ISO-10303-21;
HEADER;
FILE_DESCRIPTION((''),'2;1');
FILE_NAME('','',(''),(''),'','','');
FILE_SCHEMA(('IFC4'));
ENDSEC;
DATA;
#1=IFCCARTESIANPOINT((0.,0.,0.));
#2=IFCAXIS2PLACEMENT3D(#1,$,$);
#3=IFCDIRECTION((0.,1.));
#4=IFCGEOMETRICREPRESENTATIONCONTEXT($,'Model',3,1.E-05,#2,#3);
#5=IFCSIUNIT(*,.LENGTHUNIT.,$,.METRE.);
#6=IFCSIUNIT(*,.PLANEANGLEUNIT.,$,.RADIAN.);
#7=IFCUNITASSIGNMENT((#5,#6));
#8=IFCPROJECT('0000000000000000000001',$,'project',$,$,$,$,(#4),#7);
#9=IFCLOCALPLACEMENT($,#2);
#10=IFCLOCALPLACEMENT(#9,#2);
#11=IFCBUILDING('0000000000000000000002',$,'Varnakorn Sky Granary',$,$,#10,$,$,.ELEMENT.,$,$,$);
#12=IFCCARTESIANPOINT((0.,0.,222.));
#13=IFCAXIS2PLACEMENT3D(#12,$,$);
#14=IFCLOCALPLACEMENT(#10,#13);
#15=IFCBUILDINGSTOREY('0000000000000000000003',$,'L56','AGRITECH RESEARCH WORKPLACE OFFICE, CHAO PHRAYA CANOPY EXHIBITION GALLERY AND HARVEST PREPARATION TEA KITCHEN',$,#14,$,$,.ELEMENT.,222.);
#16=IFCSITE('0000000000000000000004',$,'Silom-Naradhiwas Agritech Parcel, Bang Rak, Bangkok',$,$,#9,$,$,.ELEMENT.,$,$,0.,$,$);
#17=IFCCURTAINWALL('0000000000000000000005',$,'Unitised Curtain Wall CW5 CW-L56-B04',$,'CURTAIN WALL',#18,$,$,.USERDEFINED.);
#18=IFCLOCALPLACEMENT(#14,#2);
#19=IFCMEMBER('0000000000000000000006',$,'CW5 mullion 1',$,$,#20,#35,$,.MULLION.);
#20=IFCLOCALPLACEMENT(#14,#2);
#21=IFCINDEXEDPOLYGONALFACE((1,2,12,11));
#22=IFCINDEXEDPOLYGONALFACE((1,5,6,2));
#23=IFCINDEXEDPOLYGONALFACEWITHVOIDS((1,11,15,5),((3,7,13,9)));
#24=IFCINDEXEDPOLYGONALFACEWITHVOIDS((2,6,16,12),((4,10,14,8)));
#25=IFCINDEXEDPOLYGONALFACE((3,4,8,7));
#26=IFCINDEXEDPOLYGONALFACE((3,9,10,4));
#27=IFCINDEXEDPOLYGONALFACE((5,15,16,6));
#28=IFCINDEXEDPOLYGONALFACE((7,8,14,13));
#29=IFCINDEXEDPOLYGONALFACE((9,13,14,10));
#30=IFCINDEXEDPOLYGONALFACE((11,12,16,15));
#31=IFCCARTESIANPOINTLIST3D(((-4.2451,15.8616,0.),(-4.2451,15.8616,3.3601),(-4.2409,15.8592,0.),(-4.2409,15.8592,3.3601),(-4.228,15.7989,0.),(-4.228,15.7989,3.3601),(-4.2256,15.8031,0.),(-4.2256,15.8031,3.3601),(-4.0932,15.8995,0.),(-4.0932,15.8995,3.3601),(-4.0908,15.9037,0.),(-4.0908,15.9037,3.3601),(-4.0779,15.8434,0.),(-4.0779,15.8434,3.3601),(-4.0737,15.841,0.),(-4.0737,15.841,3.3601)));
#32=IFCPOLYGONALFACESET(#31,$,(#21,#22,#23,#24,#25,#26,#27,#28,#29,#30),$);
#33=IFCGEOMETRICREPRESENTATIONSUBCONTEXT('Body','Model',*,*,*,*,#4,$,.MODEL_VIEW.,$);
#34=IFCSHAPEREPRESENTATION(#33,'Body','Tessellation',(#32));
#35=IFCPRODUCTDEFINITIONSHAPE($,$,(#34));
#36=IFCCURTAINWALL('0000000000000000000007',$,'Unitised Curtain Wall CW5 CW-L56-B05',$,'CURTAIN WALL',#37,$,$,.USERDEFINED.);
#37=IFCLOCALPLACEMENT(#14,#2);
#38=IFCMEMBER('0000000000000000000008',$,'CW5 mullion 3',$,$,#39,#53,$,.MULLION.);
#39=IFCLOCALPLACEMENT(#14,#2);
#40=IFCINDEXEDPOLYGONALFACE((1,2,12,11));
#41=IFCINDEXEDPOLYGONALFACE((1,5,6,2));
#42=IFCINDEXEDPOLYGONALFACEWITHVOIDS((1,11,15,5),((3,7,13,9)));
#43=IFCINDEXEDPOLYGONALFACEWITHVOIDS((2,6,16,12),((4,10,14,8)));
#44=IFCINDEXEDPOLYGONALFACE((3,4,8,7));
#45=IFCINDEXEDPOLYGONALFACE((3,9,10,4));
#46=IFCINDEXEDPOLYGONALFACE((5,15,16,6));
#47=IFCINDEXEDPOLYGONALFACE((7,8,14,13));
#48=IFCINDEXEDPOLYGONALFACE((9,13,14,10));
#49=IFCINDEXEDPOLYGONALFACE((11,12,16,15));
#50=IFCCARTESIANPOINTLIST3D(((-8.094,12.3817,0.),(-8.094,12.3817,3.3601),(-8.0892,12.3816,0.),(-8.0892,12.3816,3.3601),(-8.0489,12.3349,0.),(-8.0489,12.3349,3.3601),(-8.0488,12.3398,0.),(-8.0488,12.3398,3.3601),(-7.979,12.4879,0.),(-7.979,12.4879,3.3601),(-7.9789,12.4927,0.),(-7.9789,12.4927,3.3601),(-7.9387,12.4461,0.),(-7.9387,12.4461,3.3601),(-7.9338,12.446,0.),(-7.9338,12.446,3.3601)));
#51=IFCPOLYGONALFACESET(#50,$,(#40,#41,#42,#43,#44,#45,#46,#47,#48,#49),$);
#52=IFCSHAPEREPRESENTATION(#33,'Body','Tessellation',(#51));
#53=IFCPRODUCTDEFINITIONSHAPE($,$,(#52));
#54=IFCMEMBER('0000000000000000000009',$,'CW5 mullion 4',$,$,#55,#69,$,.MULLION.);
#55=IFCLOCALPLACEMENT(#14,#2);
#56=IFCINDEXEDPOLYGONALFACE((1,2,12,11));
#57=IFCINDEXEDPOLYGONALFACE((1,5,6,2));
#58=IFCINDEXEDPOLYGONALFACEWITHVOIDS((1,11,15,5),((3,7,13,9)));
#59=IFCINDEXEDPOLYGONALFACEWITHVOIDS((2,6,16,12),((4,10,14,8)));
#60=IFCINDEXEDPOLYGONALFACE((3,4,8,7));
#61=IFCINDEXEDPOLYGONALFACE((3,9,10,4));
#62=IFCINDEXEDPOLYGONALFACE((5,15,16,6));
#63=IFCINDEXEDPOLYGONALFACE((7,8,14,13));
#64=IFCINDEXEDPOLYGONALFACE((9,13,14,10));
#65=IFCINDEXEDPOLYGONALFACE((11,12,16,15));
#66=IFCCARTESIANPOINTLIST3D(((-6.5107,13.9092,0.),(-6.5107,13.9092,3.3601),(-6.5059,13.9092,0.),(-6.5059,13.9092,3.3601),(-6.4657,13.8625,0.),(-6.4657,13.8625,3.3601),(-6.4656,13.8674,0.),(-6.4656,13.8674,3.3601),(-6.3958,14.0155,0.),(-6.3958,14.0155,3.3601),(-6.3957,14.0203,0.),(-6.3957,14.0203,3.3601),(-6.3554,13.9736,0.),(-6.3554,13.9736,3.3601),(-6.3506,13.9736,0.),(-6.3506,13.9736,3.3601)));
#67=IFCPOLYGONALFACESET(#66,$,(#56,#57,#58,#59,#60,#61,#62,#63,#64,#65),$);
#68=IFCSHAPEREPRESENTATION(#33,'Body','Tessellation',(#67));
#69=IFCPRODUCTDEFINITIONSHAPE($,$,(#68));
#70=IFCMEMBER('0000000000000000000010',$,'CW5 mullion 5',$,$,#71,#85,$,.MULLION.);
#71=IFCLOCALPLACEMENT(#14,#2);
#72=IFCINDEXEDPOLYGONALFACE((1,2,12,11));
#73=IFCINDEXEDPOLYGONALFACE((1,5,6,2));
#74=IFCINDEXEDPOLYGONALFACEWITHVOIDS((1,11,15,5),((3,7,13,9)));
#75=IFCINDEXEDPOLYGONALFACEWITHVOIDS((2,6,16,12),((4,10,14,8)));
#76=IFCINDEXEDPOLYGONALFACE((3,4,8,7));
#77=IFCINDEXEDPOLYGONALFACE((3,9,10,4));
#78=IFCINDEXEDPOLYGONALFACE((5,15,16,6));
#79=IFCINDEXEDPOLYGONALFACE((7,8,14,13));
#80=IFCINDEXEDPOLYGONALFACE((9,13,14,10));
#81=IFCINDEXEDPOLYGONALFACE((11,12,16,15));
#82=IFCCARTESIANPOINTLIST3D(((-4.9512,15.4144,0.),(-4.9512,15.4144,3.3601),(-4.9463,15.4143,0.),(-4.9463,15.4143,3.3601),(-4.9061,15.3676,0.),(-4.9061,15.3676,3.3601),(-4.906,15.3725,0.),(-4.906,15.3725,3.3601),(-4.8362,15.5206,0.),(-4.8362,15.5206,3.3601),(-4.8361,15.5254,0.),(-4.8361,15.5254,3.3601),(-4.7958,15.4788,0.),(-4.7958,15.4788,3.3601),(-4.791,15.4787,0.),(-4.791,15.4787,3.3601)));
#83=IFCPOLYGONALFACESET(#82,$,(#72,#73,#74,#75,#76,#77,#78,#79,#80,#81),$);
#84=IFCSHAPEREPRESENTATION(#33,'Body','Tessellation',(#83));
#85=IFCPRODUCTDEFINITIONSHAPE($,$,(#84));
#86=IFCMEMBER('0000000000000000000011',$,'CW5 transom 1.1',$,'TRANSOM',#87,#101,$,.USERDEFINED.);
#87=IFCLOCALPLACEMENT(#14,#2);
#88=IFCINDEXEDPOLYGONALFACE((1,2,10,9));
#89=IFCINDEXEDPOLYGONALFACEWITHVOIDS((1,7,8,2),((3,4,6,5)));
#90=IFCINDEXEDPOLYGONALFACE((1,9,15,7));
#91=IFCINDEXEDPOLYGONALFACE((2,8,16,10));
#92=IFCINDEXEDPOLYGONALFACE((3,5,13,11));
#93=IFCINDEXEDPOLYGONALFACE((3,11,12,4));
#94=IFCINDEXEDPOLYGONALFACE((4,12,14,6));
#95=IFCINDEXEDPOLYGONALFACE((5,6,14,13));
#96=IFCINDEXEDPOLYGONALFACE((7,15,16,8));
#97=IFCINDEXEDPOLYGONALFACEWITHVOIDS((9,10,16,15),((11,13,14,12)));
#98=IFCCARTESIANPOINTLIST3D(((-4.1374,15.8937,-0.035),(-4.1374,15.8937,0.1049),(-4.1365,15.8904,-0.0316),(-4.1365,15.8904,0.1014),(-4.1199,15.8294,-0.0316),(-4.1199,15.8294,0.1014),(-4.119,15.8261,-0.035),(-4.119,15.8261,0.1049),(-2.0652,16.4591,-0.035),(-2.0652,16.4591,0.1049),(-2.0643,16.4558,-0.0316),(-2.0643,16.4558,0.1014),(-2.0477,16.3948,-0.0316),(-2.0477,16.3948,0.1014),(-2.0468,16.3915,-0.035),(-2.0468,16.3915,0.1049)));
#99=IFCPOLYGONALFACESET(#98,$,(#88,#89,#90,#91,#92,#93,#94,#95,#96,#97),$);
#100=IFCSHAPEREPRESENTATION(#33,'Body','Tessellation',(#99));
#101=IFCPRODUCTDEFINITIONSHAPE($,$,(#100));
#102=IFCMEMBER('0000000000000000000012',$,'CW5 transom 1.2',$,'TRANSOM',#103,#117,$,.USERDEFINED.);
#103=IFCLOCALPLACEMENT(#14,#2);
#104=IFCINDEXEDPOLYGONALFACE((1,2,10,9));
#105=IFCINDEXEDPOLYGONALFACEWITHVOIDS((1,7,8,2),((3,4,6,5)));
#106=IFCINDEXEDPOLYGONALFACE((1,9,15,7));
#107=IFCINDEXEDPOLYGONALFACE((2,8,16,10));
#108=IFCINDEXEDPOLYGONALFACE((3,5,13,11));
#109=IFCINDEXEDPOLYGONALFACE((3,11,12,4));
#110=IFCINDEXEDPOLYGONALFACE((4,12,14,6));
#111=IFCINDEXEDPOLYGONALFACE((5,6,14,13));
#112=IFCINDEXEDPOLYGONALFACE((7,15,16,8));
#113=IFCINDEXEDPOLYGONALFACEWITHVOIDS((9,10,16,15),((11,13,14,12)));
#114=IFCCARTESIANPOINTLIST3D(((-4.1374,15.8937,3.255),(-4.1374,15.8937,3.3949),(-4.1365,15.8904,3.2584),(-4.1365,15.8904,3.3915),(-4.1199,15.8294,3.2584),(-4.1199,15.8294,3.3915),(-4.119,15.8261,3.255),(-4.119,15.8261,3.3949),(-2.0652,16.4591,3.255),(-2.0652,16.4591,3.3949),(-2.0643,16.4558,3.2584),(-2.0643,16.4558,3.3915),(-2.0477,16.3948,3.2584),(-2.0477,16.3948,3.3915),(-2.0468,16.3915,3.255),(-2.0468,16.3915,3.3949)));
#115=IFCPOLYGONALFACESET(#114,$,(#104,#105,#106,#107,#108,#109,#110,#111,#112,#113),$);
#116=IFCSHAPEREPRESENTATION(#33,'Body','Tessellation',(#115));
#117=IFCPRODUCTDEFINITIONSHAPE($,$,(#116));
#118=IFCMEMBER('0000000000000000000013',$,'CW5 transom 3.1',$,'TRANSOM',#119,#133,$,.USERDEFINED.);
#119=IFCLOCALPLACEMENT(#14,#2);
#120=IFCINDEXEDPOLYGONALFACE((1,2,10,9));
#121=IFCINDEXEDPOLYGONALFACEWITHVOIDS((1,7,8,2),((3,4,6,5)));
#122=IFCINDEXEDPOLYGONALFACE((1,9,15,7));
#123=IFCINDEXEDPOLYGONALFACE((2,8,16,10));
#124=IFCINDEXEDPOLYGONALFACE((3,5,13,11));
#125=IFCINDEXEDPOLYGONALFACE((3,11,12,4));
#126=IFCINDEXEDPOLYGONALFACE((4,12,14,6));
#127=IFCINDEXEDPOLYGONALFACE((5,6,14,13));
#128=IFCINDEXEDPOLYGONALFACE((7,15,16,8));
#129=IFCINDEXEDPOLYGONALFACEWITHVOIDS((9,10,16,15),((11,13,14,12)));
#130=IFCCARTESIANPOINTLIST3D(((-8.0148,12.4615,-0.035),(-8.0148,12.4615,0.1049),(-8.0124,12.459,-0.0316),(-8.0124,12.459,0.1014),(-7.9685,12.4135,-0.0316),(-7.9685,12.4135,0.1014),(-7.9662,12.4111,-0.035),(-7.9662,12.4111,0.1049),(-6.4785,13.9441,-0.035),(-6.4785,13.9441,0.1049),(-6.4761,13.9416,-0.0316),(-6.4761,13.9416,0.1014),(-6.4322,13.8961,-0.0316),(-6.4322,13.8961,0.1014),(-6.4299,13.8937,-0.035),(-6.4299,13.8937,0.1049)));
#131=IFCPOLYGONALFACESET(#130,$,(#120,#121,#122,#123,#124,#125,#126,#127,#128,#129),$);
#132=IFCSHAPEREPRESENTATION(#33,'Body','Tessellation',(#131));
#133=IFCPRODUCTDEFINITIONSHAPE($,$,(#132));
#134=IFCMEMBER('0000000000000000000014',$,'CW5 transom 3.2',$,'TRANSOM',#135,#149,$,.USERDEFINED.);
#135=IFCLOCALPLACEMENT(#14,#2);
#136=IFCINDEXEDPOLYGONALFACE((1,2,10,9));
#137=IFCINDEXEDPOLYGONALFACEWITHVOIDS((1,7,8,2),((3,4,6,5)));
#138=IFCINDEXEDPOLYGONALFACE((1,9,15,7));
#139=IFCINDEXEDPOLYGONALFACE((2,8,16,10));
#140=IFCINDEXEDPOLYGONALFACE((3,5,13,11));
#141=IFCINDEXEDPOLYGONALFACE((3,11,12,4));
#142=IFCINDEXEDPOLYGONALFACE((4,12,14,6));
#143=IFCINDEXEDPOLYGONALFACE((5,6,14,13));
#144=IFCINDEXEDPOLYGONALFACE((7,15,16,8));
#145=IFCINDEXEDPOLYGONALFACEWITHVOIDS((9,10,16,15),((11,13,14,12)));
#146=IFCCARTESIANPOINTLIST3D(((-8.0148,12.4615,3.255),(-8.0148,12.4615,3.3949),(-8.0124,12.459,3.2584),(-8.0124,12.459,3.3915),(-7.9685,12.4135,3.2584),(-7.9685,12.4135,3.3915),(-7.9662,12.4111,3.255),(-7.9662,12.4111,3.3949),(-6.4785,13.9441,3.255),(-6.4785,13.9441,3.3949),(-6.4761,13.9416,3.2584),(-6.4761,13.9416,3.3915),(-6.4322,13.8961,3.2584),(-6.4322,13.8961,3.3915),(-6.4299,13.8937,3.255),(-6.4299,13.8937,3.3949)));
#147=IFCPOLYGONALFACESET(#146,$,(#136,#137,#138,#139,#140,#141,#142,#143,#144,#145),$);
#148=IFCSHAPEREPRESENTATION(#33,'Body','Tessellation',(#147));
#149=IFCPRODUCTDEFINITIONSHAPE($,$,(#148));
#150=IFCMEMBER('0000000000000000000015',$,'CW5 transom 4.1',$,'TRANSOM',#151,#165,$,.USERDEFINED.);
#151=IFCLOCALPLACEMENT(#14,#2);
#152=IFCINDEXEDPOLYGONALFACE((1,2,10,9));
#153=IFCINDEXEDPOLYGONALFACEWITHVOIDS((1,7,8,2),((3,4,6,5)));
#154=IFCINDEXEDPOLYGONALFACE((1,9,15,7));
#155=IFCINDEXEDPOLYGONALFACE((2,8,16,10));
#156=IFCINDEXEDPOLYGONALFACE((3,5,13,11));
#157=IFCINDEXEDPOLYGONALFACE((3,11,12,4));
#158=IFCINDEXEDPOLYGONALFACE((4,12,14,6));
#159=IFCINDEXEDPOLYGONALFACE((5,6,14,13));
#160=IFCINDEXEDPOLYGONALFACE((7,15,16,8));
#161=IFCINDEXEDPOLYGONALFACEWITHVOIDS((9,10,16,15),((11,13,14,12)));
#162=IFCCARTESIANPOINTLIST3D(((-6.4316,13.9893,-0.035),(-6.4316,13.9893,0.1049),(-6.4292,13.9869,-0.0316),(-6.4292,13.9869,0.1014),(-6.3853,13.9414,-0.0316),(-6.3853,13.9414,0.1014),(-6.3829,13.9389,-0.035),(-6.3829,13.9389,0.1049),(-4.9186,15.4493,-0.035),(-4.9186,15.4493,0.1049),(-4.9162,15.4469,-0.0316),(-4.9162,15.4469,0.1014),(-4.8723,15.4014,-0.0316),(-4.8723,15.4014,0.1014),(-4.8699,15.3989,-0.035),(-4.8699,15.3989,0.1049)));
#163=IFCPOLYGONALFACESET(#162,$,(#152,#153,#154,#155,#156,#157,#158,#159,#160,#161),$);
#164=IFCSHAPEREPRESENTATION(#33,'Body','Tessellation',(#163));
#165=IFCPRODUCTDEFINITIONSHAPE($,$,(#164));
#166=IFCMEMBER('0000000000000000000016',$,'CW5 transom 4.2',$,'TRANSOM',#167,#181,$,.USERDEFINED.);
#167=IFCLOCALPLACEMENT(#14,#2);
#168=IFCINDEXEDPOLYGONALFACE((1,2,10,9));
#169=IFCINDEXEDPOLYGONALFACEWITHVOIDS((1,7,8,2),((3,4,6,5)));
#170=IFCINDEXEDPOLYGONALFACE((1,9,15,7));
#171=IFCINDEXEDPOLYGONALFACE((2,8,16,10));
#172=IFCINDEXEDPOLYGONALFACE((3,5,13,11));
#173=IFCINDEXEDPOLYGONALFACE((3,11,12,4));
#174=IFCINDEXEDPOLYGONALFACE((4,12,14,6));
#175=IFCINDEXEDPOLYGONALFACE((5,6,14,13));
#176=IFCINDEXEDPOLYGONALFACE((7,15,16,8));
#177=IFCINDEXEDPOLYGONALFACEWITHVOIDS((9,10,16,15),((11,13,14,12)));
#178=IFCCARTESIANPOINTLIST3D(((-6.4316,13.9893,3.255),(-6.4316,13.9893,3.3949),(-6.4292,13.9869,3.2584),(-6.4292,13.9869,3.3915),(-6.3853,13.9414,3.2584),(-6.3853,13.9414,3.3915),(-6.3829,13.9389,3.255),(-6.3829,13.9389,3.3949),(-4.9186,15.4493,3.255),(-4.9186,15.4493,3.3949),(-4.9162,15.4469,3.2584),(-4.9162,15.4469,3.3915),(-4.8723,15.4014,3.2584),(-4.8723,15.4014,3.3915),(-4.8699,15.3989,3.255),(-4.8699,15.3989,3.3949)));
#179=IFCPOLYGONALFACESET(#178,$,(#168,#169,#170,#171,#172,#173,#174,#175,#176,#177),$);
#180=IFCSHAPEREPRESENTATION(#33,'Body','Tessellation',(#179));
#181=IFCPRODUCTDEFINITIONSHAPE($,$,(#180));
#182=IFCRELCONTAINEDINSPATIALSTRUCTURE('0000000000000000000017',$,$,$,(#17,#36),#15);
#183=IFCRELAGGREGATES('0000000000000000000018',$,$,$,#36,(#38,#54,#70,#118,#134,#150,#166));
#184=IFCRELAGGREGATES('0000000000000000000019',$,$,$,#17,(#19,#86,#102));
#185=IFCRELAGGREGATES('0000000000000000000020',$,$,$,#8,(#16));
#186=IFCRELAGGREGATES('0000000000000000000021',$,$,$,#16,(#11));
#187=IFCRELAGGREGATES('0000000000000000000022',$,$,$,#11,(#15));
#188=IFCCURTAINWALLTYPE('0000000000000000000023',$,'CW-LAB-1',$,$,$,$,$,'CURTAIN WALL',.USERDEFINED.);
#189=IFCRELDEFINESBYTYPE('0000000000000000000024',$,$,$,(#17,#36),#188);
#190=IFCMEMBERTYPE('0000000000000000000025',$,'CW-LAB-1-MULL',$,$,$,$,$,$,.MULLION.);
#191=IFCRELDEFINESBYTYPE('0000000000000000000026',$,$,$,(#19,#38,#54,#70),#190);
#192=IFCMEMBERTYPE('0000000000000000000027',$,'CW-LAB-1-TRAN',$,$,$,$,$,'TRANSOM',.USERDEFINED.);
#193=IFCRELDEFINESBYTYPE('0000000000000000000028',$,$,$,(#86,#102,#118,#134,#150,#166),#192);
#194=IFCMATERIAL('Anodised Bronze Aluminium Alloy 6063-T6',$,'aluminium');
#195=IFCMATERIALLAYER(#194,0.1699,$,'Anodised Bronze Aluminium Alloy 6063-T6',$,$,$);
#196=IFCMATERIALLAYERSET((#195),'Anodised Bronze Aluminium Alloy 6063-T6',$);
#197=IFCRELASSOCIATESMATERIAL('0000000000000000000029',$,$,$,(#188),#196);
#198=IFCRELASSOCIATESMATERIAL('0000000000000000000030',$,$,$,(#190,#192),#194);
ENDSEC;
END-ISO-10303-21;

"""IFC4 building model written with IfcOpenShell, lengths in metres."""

from ifc_helpers import new_model, si_unit, direction, frame, origin, origin_2d, place, context, subcontext, project, spatial, hollow_rectangle, extrude, material, layer, layer_set, material_profile, profile_set, type_object, element, aggregate, save


model = new_model("IFC4")

# Units and contexts
model_context = context("Model", 3, precision=1e-05, world=origin(), true_north=direction((0.0, 1.0)))
body_context = subcontext(model_context, "Body", "Model", "MODEL_VIEW")
ifc_project = project(units=[si_unit("LENGTHUNIT", "METRE"), si_unit("PLANEANGLEUNIT", "RADIAN")], contexts=[model_context])

# Site, building, storey
site_placement = place(None, origin())
site = spatial("IfcSite", under=ifc_project, at=site_placement, Name="Silom-Naradhiwas Agritech Parcel, Bang Rak, Bangkok", CompositionType="ELEMENT", RefElevation=0.0)
building_placement = place(site_placement, origin())
building = spatial("IfcBuilding", under=site, at=building_placement, Name="Varnakorn Sky Granary", CompositionType="ELEMENT")
storey_placement = place(building_placement, frame((0.0, 0.0, 222.0)))
storey = spatial("IfcBuildingStorey", under=building, at=storey_placement, Name="L56", Description="AGRITECH RESEARCH WORKPLACE OFFICE, CHAO PHRAYA CANOPY EXHIBITION GALLERY AND HARVEST PREPARATION TEA KITCHEN", CompositionType="ELEMENT", Elevation=222.0)

# Curtain wall, member
ifc_material_1 = material(Name="Anodised Bronze Aluminium Alloy 6063-T6", Category="aluminium")
ifc_layer_1 = layer(ifc_material_1, 0.1699, Name="Anodised Bronze Aluminium Alloy 6063-T6")
ifc_layer_set_1 = layer_set([ifc_layer_1], Name="Anodised Bronze Aluminium Alloy 6063-T6")
curtain_wall_type = type_object("IfcCurtainWallType", Name="CW-LAB-1", ElementType="CURTAIN WALL", PredefinedType="USERDEFINED", material=ifc_layer_set_1)
curtain_wall_1_placement = place(storey_placement, origin())
curtain_wall_1 = element("IfcCurtainWall", 1, at=curtain_wall_1_placement, inside=storey, type_object=curtain_wall_type, Name="Unitised Curtain Wall CW5 CW-L56-B04", ObjectType="CURTAIN WALL", PredefinedType="USERDEFINED")
ifc_material_profile_1 = material_profile(ifc_material_1, hollow_rectangle(XDim=0.0649, YDim=0.1599, WallThickness=0.0034, at=origin_2d()), Name="ALU MULL 65x160")
ifc_profile_set_1 = profile_set([ifc_material_profile_1], Name="Anodised Bronze Aluminium Alloy 6063-T6")
member_type_1 = type_object("IfcMemberType", Name="CW-LAB-1-MULL", PredefinedType="MULLION", material=ifc_profile_set_1)
member_1_placement = place(storey_placement, frame((-4.1594, 15.8513, 0.0), z_axis=(0.0, 0.0, 1.0), x_axis=(-0.263276, 0.964721, 0.0)))
member_1 = element("IfcMember", 2, at=member_1_placement, type_object=member_type_1, Name="CW5 mullion 1", PredefinedType="MULLION", context=body_context, shape_type="SweptSolid", body=[
    extrude(hollow_rectangle(XDim=0.0649, YDim=0.1599, WallThickness=0.0034, at=origin_2d()), origin(), (0.0, 0.0, 1.0), 3.3601),
])

# Curtain wall, members
curtain_wall_2_placement = place(storey_placement, origin())
curtain_wall_2 = element("IfcCurtainWall", 3, at=curtain_wall_2_placement, inside=storey, type_object=curtain_wall_type, Name="Unitised Curtain Wall CW5 CW-L56-B05", ObjectType="CURTAIN WALL", PredefinedType="USERDEFINED")
member_2_placement = place(storey_placement, frame((-8.0139, 12.4138, 0.0), z_axis=(0.0, 0.0, 1.0), x_axis=(-0.694404, 0.719585, 0.0)))
member_2 = element("IfcMember", 4, at=member_2_placement, type_object=member_type_1, Name="CW5 mullion 3", PredefinedType="MULLION", context=body_context, shape_type="SweptSolid", body=[
    extrude(hollow_rectangle(XDim=0.0649, YDim=0.1599, WallThickness=0.0034, at=origin_2d()), origin(), (0.0, 0.0, 1.0), 3.3601),
])
member_3_placement = place(storey_placement, frame((-6.4307, 13.9414, 0.0), z_axis=(0.0, 0.0, 1.0), x_axis=(-0.694404, 0.719585, 0.0)))
member_3 = element("IfcMember", 5, at=member_3_placement, type_object=member_type_1, Name="CW5 mullion 4", PredefinedType="MULLION", context=body_context, shape_type="SweptSolid", body=[
    extrude(hollow_rectangle(XDim=0.0649, YDim=0.1599, WallThickness=0.0034, at=origin_2d()), origin(), (0.0, 0.0, 1.0), 3.3601),
])
member_4_placement = place(storey_placement, frame((-4.8711, 15.4465, 0.0), z_axis=(0.0, 0.0, 1.0), x_axis=(-0.694404, 0.719585, 0.0)))
member_4 = element("IfcMember", 6, at=member_4_placement, type_object=member_type_1, Name="CW5 mullion 5", PredefinedType="MULLION", context=body_context, shape_type="SweptSolid", body=[
    extrude(hollow_rectangle(XDim=0.0649, YDim=0.1599, WallThickness=0.0034, at=origin_2d()), origin(), (0.0, 0.0, 1.0), 3.3601),
])

# Members
ifc_material_profile_2 = material_profile(ifc_material_1, hollow_rectangle(XDim=0.0701, YDim=0.1399, WallThickness=0.0034, at=origin_2d()), Name="ALU TRAN 70x140")
ifc_profile_set_2 = profile_set([ifc_material_profile_2], Name="Anodised Bronze Aluminium Alloy 6063-T6")
member_type_2 = type_object("IfcMemberType", Name="CW-LAB-1-TRAN", ElementType="TRANSOM", PredefinedType="USERDEFINED", material=ifc_profile_set_2)
member_5_placement = place(storey_placement, frame((-4.1282, 15.8599, 0.0349), z_axis=(0.964732, 0.263233, 0.0), x_axis=(-0.263233, 0.964732, 0.0)))
member_5 = element("IfcMember", 7, at=member_5_placement, type_object=member_type_2, Name="CW5 transom 1.1", ObjectType="TRANSOM", PredefinedType="USERDEFINED", context=body_context, shape_type="SweptSolid", body=[
    extrude(hollow_rectangle(XDim=0.0701, YDim=0.1399, WallThickness=0.0034, at=origin_2d()), origin(), (0.0, 0.0, 1.0), 2.1479),
])
member_6_placement = place(storey_placement, frame((-4.1282, 15.8599, 3.325), z_axis=(0.964732, 0.263233, 0.0), x_axis=(-0.263233, 0.964732, 0.0)))
member_6 = element("IfcMember", 8, at=member_6_placement, type_object=member_type_2, Name="CW5 transom 1.2", ObjectType="TRANSOM", PredefinedType="USERDEFINED", context=body_context, shape_type="SweptSolid", body=[
    extrude(hollow_rectangle(XDim=0.0701, YDim=0.1399, WallThickness=0.0034, at=origin_2d()), origin(), (0.0, 0.0, 1.0), 2.1479),
])
member_7_placement = place(storey_placement, frame((-7.9905, 12.4363, 0.0349), z_axis=(0.719573, 0.694417, 0.0), x_axis=(-0.694417, 0.719573, 0.0)))
member_7 = element("IfcMember", 9, at=member_7_placement, type_object=member_type_2, Name="CW5 transom 3.1", ObjectType="TRANSOM", PredefinedType="USERDEFINED", context=body_context, shape_type="SweptSolid", body=[
    extrude(hollow_rectangle(XDim=0.0701, YDim=0.1399, WallThickness=0.0034, at=origin_2d()), origin(), (0.0, 0.0, 1.0), 2.135),
])
member_8_placement = place(storey_placement, frame((-7.9905, 12.4363, 3.325), z_axis=(0.719573, 0.694417, 0.0), x_axis=(-0.694417, 0.719573, 0.0)))
member_8 = element("IfcMember", 10, at=member_8_placement, type_object=member_type_2, Name="CW5 transom 3.2", ObjectType="TRANSOM", PredefinedType="USERDEFINED", context=body_context, shape_type="SweptSolid", body=[
    extrude(hollow_rectangle(XDim=0.0701, YDim=0.1399, WallThickness=0.0034, at=origin_2d()), origin(), (0.0, 0.0, 1.0), 2.135),
])
member_9_placement = place(storey_placement, frame((-6.4072, 13.9641, 0.0349), z_axis=(0.719594, 0.694396, 0.0), x_axis=(-0.694396, 0.719594, 0.0)))
member_9 = element("IfcMember", 11, at=member_9_placement, type_object=member_type_2, Name="CW5 transom 4.1", ObjectType="TRANSOM", PredefinedType="USERDEFINED", context=body_context, shape_type="SweptSolid", body=[
    extrude(hollow_rectangle(XDim=0.0701, YDim=0.1399, WallThickness=0.0034, at=origin_2d()), origin(), (0.0, 0.0, 1.0), 2.1025),
])
member_10_placement = place(storey_placement, frame((-6.4072, 13.9641, 3.325), z_axis=(0.719594, 0.694396, 0.0), x_axis=(-0.694396, 0.719594, 0.0)))
member_10 = element("IfcMember", 12, at=member_10_placement, type_object=member_type_2, Name="CW5 transom 4.2", ObjectType="TRANSOM", PredefinedType="USERDEFINED", context=body_context, shape_type="SweptSolid", body=[
    extrude(hollow_rectangle(XDim=0.0701, YDim=0.1399, WallThickness=0.0034, at=origin_2d()), origin(), (0.0, 0.0, 1.0), 2.1025),
])

aggregate(curtain_wall_2, [member_2, member_3, member_4, member_7, member_8, member_9, member_10])
aggregate(curtain_wall_1, [member_1, member_5, member_6])

save(model, "model.ifc")
